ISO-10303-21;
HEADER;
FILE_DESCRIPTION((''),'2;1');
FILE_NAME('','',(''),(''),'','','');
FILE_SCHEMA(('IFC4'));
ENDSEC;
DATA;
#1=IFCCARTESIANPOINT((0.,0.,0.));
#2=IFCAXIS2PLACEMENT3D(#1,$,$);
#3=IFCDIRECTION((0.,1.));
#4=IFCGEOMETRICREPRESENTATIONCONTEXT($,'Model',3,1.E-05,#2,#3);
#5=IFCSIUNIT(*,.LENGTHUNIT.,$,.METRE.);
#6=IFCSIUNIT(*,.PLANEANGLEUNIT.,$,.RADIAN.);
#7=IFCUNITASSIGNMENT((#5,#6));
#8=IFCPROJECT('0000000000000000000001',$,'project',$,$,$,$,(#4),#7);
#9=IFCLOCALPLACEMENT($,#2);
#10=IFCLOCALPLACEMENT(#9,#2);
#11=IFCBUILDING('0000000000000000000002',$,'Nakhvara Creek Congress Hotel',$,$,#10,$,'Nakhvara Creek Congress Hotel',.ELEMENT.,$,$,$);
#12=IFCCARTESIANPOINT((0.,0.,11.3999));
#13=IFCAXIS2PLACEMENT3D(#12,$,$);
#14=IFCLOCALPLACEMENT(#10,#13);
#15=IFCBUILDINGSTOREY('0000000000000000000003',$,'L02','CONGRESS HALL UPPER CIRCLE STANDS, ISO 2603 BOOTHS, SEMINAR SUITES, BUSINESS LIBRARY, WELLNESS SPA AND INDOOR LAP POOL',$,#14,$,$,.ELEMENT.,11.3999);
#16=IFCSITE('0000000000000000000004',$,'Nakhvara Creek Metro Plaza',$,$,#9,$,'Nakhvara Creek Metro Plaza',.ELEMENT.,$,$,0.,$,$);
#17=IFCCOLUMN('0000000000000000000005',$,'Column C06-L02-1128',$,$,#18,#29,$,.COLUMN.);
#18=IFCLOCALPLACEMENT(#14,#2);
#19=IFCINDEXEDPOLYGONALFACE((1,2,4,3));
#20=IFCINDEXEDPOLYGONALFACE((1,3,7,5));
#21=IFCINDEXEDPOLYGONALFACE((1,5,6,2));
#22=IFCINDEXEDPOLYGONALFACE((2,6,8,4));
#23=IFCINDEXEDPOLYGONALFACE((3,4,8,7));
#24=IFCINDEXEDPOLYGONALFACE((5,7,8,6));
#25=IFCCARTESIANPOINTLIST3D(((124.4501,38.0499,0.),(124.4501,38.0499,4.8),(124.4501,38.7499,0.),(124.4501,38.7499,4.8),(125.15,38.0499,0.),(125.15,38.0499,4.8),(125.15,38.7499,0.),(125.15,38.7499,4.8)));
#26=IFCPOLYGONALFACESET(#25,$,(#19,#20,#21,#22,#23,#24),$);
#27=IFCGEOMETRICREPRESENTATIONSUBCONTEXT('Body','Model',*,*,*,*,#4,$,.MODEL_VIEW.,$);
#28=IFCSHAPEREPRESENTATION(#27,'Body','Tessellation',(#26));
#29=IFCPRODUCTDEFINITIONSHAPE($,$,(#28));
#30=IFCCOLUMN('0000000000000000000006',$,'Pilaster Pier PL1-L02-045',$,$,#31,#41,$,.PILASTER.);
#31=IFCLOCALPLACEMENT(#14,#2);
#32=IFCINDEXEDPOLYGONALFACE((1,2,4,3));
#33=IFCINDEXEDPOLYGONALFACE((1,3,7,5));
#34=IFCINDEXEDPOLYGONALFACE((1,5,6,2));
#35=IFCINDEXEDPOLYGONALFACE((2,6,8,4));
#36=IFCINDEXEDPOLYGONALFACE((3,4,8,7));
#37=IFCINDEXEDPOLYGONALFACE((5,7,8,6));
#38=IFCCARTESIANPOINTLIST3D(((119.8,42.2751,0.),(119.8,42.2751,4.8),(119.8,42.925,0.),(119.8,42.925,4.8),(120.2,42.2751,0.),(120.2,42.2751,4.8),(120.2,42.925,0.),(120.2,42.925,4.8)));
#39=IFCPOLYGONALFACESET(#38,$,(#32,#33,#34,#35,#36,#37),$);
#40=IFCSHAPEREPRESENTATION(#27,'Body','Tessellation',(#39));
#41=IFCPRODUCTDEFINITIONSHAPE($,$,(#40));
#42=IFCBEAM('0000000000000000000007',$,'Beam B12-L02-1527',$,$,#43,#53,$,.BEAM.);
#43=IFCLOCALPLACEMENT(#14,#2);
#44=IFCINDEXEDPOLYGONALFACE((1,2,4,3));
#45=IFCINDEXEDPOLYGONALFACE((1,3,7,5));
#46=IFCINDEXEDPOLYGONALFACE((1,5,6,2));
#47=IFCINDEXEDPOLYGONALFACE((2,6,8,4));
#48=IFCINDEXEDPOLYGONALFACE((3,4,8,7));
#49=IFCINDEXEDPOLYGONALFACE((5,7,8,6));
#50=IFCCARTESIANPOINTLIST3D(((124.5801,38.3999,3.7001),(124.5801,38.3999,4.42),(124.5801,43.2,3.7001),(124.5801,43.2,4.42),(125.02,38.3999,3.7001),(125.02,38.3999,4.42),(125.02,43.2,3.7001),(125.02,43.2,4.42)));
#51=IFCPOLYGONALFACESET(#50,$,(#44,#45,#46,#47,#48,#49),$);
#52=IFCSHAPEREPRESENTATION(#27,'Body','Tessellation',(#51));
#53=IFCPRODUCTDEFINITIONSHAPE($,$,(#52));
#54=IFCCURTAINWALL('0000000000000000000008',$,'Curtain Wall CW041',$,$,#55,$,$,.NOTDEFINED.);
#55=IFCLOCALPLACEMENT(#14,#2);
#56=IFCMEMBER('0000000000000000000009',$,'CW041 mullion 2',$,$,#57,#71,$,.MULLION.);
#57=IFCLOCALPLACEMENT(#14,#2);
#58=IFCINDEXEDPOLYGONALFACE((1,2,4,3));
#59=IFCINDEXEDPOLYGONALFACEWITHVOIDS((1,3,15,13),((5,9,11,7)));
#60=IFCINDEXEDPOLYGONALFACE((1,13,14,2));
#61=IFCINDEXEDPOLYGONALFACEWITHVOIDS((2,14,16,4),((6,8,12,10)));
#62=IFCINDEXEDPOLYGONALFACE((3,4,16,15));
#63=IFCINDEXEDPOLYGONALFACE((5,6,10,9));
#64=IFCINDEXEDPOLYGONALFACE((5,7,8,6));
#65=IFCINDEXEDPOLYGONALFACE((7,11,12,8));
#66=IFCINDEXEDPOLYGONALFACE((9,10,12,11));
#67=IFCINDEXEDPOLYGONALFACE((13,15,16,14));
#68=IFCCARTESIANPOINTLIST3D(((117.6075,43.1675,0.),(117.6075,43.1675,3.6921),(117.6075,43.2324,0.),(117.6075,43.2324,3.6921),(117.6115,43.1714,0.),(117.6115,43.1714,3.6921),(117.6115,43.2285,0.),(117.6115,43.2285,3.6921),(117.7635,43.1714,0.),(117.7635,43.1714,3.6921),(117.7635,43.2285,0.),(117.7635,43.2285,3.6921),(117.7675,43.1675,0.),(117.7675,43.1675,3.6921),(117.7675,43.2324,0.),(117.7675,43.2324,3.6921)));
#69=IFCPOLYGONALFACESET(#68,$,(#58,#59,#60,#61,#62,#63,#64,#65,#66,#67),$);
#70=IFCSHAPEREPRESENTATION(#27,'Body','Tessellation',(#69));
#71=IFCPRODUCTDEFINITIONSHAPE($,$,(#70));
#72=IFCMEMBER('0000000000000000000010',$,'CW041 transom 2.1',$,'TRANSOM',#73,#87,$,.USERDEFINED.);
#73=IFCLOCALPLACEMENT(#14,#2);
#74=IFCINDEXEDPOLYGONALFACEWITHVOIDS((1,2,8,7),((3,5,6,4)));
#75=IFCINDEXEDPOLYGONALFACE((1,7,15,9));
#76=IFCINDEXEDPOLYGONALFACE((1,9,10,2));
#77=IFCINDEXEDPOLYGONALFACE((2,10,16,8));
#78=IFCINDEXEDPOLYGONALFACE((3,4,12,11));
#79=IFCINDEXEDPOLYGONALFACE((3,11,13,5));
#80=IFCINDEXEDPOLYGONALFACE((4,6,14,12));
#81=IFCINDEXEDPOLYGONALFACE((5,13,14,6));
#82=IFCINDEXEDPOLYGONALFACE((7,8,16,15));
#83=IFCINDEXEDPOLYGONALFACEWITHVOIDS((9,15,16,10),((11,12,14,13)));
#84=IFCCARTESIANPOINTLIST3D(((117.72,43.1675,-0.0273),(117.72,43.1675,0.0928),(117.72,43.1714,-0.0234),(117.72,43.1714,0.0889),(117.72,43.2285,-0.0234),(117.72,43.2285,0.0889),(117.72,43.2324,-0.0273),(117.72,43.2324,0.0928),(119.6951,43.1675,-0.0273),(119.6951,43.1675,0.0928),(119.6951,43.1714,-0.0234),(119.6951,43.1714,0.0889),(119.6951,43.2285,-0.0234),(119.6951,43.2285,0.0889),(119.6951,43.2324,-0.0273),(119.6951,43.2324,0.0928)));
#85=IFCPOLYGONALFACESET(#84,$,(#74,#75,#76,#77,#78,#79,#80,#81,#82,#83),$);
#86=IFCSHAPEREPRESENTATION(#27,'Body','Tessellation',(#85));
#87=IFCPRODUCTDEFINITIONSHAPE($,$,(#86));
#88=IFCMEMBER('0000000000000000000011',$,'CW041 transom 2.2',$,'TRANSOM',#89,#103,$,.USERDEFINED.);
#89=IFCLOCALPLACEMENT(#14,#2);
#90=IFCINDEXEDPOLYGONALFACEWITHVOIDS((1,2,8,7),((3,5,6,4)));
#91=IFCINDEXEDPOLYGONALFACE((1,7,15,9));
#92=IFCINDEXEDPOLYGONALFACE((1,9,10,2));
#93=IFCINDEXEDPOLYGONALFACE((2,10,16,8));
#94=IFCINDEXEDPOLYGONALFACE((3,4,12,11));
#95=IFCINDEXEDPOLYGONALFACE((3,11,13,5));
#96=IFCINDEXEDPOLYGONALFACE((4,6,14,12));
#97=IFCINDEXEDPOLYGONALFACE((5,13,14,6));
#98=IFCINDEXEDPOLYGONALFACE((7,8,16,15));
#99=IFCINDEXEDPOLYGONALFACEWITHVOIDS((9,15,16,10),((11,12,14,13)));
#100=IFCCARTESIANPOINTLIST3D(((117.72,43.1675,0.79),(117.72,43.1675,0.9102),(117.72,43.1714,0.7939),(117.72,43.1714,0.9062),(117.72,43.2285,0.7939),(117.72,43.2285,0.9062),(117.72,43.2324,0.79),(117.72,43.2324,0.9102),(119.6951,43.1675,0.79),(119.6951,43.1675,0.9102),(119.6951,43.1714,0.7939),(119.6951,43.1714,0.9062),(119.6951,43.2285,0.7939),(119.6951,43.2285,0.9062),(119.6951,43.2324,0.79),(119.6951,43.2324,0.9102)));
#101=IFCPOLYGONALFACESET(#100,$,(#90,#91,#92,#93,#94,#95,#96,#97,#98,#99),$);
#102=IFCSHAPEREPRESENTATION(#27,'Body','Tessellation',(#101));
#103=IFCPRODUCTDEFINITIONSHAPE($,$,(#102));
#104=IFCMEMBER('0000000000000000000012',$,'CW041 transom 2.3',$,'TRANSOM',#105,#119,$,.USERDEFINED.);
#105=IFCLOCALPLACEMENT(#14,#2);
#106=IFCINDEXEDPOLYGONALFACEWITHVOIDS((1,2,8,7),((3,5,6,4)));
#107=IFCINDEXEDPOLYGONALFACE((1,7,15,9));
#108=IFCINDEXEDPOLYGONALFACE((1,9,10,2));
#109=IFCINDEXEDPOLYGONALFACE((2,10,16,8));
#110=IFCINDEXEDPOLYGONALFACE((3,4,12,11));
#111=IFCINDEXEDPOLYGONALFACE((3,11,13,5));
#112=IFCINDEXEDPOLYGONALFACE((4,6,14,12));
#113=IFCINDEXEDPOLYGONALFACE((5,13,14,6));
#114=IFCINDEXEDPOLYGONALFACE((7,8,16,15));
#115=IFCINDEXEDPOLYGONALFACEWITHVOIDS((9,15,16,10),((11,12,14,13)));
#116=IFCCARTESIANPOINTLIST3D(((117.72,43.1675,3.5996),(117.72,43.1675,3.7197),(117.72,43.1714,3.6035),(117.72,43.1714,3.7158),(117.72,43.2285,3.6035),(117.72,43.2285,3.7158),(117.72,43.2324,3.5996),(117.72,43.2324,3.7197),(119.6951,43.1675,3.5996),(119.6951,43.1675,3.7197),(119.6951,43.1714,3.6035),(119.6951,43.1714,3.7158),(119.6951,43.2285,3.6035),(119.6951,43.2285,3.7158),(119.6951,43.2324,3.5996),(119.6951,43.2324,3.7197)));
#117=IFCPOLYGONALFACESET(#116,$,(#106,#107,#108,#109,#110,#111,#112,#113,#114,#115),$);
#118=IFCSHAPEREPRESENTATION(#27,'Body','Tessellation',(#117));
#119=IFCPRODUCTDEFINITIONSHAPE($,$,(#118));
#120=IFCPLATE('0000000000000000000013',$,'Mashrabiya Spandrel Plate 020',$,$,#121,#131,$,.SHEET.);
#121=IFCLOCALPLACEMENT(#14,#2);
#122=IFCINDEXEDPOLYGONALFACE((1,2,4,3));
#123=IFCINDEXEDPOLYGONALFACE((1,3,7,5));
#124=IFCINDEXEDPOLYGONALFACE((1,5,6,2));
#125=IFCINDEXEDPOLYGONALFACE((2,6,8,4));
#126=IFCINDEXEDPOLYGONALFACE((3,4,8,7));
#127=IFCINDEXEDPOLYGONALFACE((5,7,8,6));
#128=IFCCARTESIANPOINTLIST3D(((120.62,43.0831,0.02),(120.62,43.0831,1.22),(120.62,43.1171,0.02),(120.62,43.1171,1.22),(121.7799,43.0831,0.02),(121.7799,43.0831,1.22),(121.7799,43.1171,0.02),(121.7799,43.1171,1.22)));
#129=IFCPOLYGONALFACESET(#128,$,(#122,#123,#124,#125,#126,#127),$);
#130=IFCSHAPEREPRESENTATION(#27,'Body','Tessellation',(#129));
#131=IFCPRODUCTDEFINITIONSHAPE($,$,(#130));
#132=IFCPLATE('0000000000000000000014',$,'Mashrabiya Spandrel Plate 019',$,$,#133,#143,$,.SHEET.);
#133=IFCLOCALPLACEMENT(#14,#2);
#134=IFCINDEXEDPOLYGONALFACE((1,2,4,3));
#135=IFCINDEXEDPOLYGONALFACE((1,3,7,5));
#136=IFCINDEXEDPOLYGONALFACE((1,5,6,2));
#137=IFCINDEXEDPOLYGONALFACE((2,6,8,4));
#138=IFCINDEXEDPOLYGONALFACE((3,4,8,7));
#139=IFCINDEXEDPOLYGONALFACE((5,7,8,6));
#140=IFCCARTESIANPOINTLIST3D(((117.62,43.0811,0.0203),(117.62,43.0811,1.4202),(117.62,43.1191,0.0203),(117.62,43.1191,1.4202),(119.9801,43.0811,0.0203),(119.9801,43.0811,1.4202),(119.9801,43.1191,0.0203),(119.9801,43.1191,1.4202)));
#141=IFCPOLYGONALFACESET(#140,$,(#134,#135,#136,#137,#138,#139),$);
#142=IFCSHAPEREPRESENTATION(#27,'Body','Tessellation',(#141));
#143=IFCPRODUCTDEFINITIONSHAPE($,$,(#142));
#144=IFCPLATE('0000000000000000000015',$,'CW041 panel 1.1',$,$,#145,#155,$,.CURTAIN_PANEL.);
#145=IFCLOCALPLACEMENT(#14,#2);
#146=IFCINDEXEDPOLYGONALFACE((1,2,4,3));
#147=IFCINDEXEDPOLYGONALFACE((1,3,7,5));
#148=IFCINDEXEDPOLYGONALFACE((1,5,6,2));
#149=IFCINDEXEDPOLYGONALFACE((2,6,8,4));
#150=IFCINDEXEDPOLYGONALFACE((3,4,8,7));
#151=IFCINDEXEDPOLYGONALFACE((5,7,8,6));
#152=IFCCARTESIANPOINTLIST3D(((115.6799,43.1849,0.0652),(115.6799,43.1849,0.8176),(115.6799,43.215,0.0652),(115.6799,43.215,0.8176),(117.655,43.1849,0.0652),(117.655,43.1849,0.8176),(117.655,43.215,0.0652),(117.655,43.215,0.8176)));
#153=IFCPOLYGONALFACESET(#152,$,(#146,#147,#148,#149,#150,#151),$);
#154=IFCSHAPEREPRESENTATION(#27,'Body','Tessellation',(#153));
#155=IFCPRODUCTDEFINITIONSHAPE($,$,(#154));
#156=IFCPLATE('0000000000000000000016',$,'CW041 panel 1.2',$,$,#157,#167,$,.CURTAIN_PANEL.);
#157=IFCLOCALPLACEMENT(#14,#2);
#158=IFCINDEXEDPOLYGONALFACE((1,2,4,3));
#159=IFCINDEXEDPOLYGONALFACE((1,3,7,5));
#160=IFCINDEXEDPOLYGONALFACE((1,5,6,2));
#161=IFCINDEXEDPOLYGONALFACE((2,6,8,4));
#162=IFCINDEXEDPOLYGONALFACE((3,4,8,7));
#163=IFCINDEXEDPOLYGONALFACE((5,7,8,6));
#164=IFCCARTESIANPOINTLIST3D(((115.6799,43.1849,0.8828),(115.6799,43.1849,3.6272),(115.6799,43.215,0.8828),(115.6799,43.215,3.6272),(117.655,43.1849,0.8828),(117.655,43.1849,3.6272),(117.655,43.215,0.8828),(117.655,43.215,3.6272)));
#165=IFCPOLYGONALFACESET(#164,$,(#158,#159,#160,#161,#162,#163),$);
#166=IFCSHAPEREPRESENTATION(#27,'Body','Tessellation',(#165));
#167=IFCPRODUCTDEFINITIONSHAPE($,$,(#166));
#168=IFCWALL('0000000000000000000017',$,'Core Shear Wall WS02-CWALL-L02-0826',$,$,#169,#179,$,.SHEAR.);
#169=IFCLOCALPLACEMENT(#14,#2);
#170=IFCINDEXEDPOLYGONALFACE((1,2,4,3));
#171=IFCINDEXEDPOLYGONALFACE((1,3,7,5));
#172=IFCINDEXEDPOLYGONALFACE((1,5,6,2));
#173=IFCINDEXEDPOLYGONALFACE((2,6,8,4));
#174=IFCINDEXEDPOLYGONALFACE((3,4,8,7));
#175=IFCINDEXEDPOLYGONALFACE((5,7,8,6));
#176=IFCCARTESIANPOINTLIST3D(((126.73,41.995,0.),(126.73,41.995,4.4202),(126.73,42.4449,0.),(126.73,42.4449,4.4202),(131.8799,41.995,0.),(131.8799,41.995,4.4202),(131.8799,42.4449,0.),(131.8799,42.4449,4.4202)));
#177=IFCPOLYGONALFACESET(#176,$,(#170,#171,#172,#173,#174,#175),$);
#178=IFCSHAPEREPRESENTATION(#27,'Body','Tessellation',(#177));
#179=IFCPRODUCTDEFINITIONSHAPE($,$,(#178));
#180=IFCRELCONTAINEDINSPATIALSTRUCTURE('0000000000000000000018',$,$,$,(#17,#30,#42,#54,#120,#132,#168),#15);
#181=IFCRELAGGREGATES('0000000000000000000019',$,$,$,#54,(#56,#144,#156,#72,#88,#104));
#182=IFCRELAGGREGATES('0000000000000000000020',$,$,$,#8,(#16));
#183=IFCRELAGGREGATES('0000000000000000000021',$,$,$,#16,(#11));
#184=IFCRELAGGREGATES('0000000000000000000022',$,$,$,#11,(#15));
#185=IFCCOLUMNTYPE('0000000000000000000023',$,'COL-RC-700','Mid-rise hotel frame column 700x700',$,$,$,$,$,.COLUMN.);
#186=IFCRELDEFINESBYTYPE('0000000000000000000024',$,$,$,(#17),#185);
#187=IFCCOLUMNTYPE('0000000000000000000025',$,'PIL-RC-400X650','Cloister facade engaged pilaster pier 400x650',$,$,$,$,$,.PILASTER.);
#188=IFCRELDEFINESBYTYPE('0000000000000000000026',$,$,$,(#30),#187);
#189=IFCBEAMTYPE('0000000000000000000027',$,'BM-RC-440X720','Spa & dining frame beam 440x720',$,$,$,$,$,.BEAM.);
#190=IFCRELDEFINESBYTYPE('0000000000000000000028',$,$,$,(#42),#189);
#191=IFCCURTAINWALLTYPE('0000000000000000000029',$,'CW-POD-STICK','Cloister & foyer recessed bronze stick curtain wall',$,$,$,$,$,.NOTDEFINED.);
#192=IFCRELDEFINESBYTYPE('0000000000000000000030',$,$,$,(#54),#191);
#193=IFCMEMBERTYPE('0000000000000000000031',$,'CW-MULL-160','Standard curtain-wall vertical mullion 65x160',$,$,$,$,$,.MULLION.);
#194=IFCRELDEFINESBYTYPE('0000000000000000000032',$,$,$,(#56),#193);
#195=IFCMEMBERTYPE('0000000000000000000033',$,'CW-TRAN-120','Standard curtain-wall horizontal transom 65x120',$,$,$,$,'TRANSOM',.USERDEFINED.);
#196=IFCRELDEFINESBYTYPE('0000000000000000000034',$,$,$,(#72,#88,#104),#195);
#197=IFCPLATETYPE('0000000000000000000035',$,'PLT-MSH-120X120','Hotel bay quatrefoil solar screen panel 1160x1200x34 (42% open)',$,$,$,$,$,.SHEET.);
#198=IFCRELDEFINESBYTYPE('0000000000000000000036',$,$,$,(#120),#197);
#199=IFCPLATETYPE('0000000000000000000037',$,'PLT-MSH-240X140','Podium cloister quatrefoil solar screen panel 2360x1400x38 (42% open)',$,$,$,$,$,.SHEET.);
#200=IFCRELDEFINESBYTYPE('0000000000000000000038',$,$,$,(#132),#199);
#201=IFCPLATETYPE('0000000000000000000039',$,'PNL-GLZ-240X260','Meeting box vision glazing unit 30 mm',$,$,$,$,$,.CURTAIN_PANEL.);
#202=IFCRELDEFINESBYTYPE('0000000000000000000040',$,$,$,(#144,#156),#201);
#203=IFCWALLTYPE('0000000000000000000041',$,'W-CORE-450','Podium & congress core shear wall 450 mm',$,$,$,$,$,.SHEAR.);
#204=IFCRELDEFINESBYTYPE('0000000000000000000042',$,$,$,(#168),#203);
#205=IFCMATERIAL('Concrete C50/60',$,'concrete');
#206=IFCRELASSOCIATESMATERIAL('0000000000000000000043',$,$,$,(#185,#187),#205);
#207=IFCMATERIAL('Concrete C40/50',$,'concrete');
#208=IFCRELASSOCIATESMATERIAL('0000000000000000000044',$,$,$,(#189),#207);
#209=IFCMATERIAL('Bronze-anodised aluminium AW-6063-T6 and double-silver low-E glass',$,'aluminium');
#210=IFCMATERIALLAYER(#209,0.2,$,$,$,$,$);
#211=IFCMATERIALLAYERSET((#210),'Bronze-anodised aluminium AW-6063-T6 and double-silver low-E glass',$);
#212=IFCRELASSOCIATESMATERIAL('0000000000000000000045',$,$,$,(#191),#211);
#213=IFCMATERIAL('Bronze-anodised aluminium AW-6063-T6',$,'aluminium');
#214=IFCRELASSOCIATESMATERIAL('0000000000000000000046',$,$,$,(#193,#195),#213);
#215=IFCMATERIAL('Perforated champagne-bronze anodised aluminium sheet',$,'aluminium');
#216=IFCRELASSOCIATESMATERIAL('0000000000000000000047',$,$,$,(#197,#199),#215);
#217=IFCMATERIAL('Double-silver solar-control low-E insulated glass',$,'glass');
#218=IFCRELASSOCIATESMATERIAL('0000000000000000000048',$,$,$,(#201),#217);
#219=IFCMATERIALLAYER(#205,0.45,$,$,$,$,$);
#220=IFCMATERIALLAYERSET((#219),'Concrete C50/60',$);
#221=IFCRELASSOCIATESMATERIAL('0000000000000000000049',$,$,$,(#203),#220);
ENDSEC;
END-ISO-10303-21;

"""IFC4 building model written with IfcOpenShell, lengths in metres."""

from ifc_helpers import new_model, si_unit, direction, frame, frame_2d, origin, origin_2d, place, context, subcontext, project, spatial, rectangle, hollow_rectangle, extrude, material, layer, layer_set, material_profile, profile_set, type_object, element, aggregate, save


model = new_model("IFC4")

# Units and contexts
model_context = context("Model", 3, precision=1e-05, world=origin(), true_north=direction((0.0, 1.0)))
body_context = subcontext(model_context, "Body", "Model", "MODEL_VIEW")
ifc_project = project(units=[si_unit("LENGTHUNIT", "METRE"), si_unit("PLANEANGLEUNIT", "RADIAN")], contexts=[model_context])

# Site, building, storey
site_placement = place(None, origin())
site = spatial("IfcSite", under=ifc_project, at=site_placement, Name="Nakhvara Creek Metro Plaza", LongName="Nakhvara Creek Metro Plaza", CompositionType="ELEMENT", RefElevation=0.0)
building_placement = place(site_placement, origin())
building = spatial("IfcBuilding", under=site, at=building_placement, Name="Nakhvara Creek Congress Hotel", LongName="Nakhvara Creek Congress Hotel", CompositionType="ELEMENT")
storey_placement = place(building_placement, frame((0.0, 0.0, 11.3999)))
storey = spatial("IfcBuildingStorey", under=building, at=storey_placement, Name="L02", Description="CONGRESS HALL UPPER CIRCLE STANDS, ISO 2603 BOOTHS, SEMINAR SUITES, BUSINESS LIBRARY, WELLNESS SPA AND INDOOR LAP POOL", CompositionType="ELEMENT", Elevation=11.3999)

# Columns
ifc_material_1 = material(Name="Concrete C50/60", Category="concrete")
ifc_material_profile_1 = material_profile(ifc_material_1, rectangle(XDim=0.7, YDim=0.7, at=origin_2d()), Name="RC-COL 700x700", Category="LoadBearing")
ifc_profile_set_1 = profile_set([ifc_material_profile_1], Name="Concrete C50/60")
column_type_1 = type_object("IfcColumnType", Name="COL-RC-700", Description="Mid-rise hotel frame column 700x700", PredefinedType="COLUMN", material=ifc_profile_set_1)
column_1_placement = place(storey_placement, frame((124.8, 38.3999, 0.0), z_axis=(0.0, 0.0, 1.0), x_axis=(1.0, 0.0, 0.0)))
element("IfcColumn", 1, at=column_1_placement, inside=storey, type_object=column_type_1, Name="Column C06-L02-1128", PredefinedType="COLUMN", context=body_context, shape_type="SweptSolid", body=[
    extrude(rectangle(XDim=0.7, YDim=0.7, at=origin_2d()), origin(), (0.0, 0.0, 1.0), 4.8),
])
ifc_material_profile_2 = material_profile(ifc_material_1, rectangle(XDim=0.3999, YDim=0.6499, at=origin_2d()), Name="RC-PIL 400x650", Category="LoadBearing")
ifc_profile_set_2 = profile_set([ifc_material_profile_2], Name="Concrete C50/60")
column_type_2 = type_object("IfcColumnType", Name="PIL-RC-400X650", Description="Cloister facade engaged pilaster pier 400x650", PredefinedType="PILASTER", material=ifc_profile_set_2)
column_2_placement = place(storey_placement, frame((120.0, 42.6001, 0.0), z_axis=(0.0, 0.0, 1.0), x_axis=(1.0, 0.0, 0.0)))
element("IfcColumn", 2, at=column_2_placement, inside=storey, type_object=column_type_2, Name="Pilaster Pier PL1-L02-045", PredefinedType="PILASTER", context=body_context, shape_type="SweptSolid", body=[
    extrude(rectangle(XDim=0.3999, YDim=0.6499, at=origin_2d()), origin(), (0.0, 0.0, 1.0), 4.8),
])

# Beam
ifc_material_2 = material(Name="Concrete C40/50", Category="concrete")
ifc_material_profile_3 = material_profile(ifc_material_2, rectangle(XDim=0.4399, YDim=0.72, at=origin_2d()), Name="RC-BM 440x720", Category="LoadBearing")
ifc_profile_set_3 = profile_set([ifc_material_profile_3], Name="Concrete C40/50")
beam_type = type_object("IfcBeamType", Name="BM-RC-440X720", Description="Spa & dining frame beam 440x720", PredefinedType="BEAM", material=ifc_profile_set_3)
beam_placement = place(storey_placement, frame((124.8, 38.3999, 4.0601), z_axis=(0.0, 1.0, 0.0), x_axis=(-1.0, 0.0, 0.0)))
element("IfcBeam", 3, at=beam_placement, inside=storey, type_object=beam_type, Name="Beam B12-L02-1527", PredefinedType="BEAM", context=body_context, shape_type="SweptSolid", body=[
    extrude(rectangle(XDim=0.4399, YDim=0.72, at=origin_2d()), origin(), (0.0, 0.0, 1.0), 4.8),
])

# Curtain wall, members
ifc_material_3 = material(Name="Bronze-anodised aluminium AW-6063-T6 and double-silver low-E glass", Category="aluminium")
ifc_layer_1 = layer(ifc_material_3, 0.2)
ifc_layer_set_1 = layer_set([ifc_layer_1], Name="Bronze-anodised aluminium AW-6063-T6 and double-silver low-E glass")
curtain_wall_type = type_object("IfcCurtainWallType", Name="CW-POD-STICK", Description="Cloister & foyer recessed bronze stick curtain wall", PredefinedType="NOTDEFINED", material=ifc_layer_set_1)
curtain_wall_placement = place(storey_placement, origin())
curtain_wall = element("IfcCurtainWall", 4, at=curtain_wall_placement, inside=storey, type_object=curtain_wall_type, Name="Curtain Wall CW041", PredefinedType="NOTDEFINED")
ifc_material_4 = material(Name="Bronze-anodised aluminium AW-6063-T6", Category="aluminium")
ifc_material_profile_4 = material_profile(ifc_material_4, hollow_rectangle(XDim=0.0649, YDim=0.1599, WallThickness=0.0039, at=origin_2d()), Name="ALU-MULL 65x160x4", Category="LoadBearing")
ifc_profile_set_4 = profile_set([ifc_material_profile_4], Name="Bronze-anodised aluminium AW-6063-T6")
member_type_1 = type_object("IfcMemberType", Name="CW-MULL-160", Description="Standard curtain-wall vertical mullion 65x160", PredefinedType="MULLION", material=ifc_profile_set_4)
member_1_placement = place(storey_placement, frame((117.6875, 43.2, 0.0), z_axis=(0.0, 0.0, 1.0), x_axis=(0.0, 1.0, 0.0)))
member_1 = element("IfcMember", 5, at=member_1_placement, type_object=member_type_1, Name="CW041 mullion 2", PredefinedType="MULLION", context=body_context, shape_type="SweptSolid", body=[
    extrude(hollow_rectangle(XDim=0.0649, YDim=0.1599, WallThickness=0.0039, at=origin_2d()), origin(), (0.0, 0.0, 1.0), 3.6921),
])
ifc_material_profile_5 = material_profile(ifc_material_4, hollow_rectangle(XDim=0.0649, YDim=0.1201, WallThickness=0.0039, at=origin_2d()), Name="ALU-TRAN 65x120x4", Category="LoadBearing")
ifc_profile_set_5 = profile_set([ifc_material_profile_5], Name="Bronze-anodised aluminium AW-6063-T6")
member_type_2 = type_object("IfcMemberType", Name="CW-TRAN-120", Description="Standard curtain-wall horizontal transom 65x120", ElementType="TRANSOM", PredefinedType="USERDEFINED", material=ifc_profile_set_5)
member_2_placement = place(storey_placement, frame((117.72, 43.2, 0.0327), z_axis=(1.0, 0.0, 0.0), x_axis=(0.0, 1.0, 0.0)))
member_2 = element("IfcMember", 6, at=member_2_placement, type_object=member_type_2, Name="CW041 transom 2.1", ObjectType="TRANSOM", PredefinedType="USERDEFINED", context=body_context, shape_type="SweptSolid", body=[
    extrude(hollow_rectangle(XDim=0.0649, YDim=0.1201, WallThickness=0.0039, at=origin_2d()), origin(), (0.0, 0.0, 1.0), 1.9751),
])
member_3_placement = place(storey_placement, frame((117.72, 43.2, 0.8501), z_axis=(1.0, 0.0, 0.0), x_axis=(0.0, 1.0, 0.0)))
member_3 = element("IfcMember", 7, at=member_3_placement, type_object=member_type_2, Name="CW041 transom 2.2", ObjectType="TRANSOM", PredefinedType="USERDEFINED", context=body_context, shape_type="SweptSolid", body=[
    extrude(hollow_rectangle(XDim=0.0649, YDim=0.1201, WallThickness=0.0039, at=origin_2d()), origin(), (0.0, 0.0, 1.0), 1.9751),
])
member_4_placement = place(storey_placement, frame((117.72, 43.2, 3.6597), z_axis=(1.0, 0.0, 0.0), x_axis=(0.0, 1.0, 0.0)))
member_4 = element("IfcMember", 8, at=member_4_placement, type_object=member_type_2, Name="CW041 transom 2.3", ObjectType="TRANSOM", PredefinedType="USERDEFINED", context=body_context, shape_type="SweptSolid", body=[
    extrude(hollow_rectangle(XDim=0.0649, YDim=0.1201, WallThickness=0.0039, at=origin_2d()), origin(), (0.0, 0.0, 1.0), 1.9751),
])

# Plates
ifc_material_5 = material(Name="Perforated champagne-bronze anodised aluminium sheet", Category="aluminium")
plate_type_1 = type_object("IfcPlateType", Name="PLT-MSH-120X120", Description="Hotel bay quatrefoil solar screen panel 1160x1200x34 (42% open)", PredefinedType="SHEET", material=ifc_material_5)
plate_1_placement = place(storey_placement, frame((121.2, 43.1001, 0.02), z_axis=(0.0, 0.0, 1.0), x_axis=(1.0, 0.0, 0.0)))
element("IfcPlate", 9, at=plate_1_placement, inside=storey, type_object=plate_type_1, Name="Mashrabiya Spandrel Plate 020", PredefinedType="SHEET", context=body_context, shape_type="SweptSolid", body=[
    extrude(rectangle(XDim=1.1599, YDim=0.0339, at=origin_2d()), origin(), (0.0, 0.0, 1.0), 1.2),
])
plate_type_2 = type_object("IfcPlateType", Name="PLT-MSH-240X140", Description="Podium cloister quatrefoil solar screen panel 2360x1400x38 (42% open)", PredefinedType="SHEET", material=ifc_material_5)
plate_2_placement = place(storey_placement, frame((118.8, 43.1001, 0.0203), z_axis=(0.0, 0.0, 1.0), x_axis=(1.0, 0.0, 0.0)))
element("IfcPlate", 10, at=plate_2_placement, inside=storey, type_object=plate_type_2, Name="Mashrabiya Spandrel Plate 019", PredefinedType="SHEET", context=body_context, shape_type="SweptSolid", body=[
    extrude(rectangle(XDim=2.3601, YDim=0.0381, at=origin_2d()), origin(), (0.0, 0.0, 1.0), 1.3999),
])

# Plates
ifc_material_6 = material(Name="Double-silver solar-control low-E insulated glass", Category="glass")
plate_type_3 = type_object("IfcPlateType", Name="PNL-GLZ-240X260", Description="Meeting box vision glazing unit 30 mm", PredefinedType="CURTAIN_PANEL", material=ifc_material_6)
plate_3_placement = place(storey_placement, frame((116.6675, 43.2, 0.0652), z_axis=(0.0, 0.0, 1.0), x_axis=(1.0, 0.0, 0.0)))
plate_3 = element("IfcPlate", 11, at=plate_3_placement, type_object=plate_type_3, Name="CW041 panel 1.1", PredefinedType="CURTAIN_PANEL", context=body_context, shape_type="SweptSolid", body=[
    extrude(rectangle(XDim=1.9751, YDim=0.03, at=origin_2d()), origin(), (0.0, 0.0, 1.0), 0.7524),
])
plate_4_placement = place(storey_placement, frame((116.6675, 43.2, 0.8828), z_axis=(0.0, 0.0, 1.0), x_axis=(1.0, 0.0, 0.0)))
plate_4 = element("IfcPlate", 12, at=plate_4_placement, type_object=plate_type_3, Name="CW041 panel 1.2", PredefinedType="CURTAIN_PANEL", context=body_context, shape_type="SweptSolid", body=[
    extrude(rectangle(XDim=1.9751, YDim=0.03, at=origin_2d()), origin(), (0.0, 0.0, 1.0), 2.7444),
])
aggregate(curtain_wall, [member_1, plate_3, plate_4, member_2, member_3, member_4])

# Wall
ifc_layer_2 = layer(ifc_material_1, 0.45)
ifc_layer_set_2 = layer_set([ifc_layer_2], Name="Concrete C50/60")
wall_type_1 = type_object("IfcWallType", Name="W-CORE-450", Description="Podium & congress core shear wall 450 mm", PredefinedType="SHEAR", material=ifc_layer_set_2)
wall_1_placement = place(storey_placement, frame((126.73, 42.22, 0.0), z_axis=(0.0, 0.0, 1.0), x_axis=(1.0, 0.0, 0.0)))
element("IfcWall", 13, at=wall_1_placement, inside=storey, type_object=wall_type_1, Name="Core Shear Wall WS02-CWALL-L02-0826", PredefinedType="SHEAR", context=body_context, shape_type="SweptSolid", body=[
    extrude(rectangle(XDim=5.1499, YDim=0.45, at=frame_2d((2.575, 0.0))), origin(), (0.0, 0.0, 1.0), 4.4202),
])

save(model, "model.ifc")
